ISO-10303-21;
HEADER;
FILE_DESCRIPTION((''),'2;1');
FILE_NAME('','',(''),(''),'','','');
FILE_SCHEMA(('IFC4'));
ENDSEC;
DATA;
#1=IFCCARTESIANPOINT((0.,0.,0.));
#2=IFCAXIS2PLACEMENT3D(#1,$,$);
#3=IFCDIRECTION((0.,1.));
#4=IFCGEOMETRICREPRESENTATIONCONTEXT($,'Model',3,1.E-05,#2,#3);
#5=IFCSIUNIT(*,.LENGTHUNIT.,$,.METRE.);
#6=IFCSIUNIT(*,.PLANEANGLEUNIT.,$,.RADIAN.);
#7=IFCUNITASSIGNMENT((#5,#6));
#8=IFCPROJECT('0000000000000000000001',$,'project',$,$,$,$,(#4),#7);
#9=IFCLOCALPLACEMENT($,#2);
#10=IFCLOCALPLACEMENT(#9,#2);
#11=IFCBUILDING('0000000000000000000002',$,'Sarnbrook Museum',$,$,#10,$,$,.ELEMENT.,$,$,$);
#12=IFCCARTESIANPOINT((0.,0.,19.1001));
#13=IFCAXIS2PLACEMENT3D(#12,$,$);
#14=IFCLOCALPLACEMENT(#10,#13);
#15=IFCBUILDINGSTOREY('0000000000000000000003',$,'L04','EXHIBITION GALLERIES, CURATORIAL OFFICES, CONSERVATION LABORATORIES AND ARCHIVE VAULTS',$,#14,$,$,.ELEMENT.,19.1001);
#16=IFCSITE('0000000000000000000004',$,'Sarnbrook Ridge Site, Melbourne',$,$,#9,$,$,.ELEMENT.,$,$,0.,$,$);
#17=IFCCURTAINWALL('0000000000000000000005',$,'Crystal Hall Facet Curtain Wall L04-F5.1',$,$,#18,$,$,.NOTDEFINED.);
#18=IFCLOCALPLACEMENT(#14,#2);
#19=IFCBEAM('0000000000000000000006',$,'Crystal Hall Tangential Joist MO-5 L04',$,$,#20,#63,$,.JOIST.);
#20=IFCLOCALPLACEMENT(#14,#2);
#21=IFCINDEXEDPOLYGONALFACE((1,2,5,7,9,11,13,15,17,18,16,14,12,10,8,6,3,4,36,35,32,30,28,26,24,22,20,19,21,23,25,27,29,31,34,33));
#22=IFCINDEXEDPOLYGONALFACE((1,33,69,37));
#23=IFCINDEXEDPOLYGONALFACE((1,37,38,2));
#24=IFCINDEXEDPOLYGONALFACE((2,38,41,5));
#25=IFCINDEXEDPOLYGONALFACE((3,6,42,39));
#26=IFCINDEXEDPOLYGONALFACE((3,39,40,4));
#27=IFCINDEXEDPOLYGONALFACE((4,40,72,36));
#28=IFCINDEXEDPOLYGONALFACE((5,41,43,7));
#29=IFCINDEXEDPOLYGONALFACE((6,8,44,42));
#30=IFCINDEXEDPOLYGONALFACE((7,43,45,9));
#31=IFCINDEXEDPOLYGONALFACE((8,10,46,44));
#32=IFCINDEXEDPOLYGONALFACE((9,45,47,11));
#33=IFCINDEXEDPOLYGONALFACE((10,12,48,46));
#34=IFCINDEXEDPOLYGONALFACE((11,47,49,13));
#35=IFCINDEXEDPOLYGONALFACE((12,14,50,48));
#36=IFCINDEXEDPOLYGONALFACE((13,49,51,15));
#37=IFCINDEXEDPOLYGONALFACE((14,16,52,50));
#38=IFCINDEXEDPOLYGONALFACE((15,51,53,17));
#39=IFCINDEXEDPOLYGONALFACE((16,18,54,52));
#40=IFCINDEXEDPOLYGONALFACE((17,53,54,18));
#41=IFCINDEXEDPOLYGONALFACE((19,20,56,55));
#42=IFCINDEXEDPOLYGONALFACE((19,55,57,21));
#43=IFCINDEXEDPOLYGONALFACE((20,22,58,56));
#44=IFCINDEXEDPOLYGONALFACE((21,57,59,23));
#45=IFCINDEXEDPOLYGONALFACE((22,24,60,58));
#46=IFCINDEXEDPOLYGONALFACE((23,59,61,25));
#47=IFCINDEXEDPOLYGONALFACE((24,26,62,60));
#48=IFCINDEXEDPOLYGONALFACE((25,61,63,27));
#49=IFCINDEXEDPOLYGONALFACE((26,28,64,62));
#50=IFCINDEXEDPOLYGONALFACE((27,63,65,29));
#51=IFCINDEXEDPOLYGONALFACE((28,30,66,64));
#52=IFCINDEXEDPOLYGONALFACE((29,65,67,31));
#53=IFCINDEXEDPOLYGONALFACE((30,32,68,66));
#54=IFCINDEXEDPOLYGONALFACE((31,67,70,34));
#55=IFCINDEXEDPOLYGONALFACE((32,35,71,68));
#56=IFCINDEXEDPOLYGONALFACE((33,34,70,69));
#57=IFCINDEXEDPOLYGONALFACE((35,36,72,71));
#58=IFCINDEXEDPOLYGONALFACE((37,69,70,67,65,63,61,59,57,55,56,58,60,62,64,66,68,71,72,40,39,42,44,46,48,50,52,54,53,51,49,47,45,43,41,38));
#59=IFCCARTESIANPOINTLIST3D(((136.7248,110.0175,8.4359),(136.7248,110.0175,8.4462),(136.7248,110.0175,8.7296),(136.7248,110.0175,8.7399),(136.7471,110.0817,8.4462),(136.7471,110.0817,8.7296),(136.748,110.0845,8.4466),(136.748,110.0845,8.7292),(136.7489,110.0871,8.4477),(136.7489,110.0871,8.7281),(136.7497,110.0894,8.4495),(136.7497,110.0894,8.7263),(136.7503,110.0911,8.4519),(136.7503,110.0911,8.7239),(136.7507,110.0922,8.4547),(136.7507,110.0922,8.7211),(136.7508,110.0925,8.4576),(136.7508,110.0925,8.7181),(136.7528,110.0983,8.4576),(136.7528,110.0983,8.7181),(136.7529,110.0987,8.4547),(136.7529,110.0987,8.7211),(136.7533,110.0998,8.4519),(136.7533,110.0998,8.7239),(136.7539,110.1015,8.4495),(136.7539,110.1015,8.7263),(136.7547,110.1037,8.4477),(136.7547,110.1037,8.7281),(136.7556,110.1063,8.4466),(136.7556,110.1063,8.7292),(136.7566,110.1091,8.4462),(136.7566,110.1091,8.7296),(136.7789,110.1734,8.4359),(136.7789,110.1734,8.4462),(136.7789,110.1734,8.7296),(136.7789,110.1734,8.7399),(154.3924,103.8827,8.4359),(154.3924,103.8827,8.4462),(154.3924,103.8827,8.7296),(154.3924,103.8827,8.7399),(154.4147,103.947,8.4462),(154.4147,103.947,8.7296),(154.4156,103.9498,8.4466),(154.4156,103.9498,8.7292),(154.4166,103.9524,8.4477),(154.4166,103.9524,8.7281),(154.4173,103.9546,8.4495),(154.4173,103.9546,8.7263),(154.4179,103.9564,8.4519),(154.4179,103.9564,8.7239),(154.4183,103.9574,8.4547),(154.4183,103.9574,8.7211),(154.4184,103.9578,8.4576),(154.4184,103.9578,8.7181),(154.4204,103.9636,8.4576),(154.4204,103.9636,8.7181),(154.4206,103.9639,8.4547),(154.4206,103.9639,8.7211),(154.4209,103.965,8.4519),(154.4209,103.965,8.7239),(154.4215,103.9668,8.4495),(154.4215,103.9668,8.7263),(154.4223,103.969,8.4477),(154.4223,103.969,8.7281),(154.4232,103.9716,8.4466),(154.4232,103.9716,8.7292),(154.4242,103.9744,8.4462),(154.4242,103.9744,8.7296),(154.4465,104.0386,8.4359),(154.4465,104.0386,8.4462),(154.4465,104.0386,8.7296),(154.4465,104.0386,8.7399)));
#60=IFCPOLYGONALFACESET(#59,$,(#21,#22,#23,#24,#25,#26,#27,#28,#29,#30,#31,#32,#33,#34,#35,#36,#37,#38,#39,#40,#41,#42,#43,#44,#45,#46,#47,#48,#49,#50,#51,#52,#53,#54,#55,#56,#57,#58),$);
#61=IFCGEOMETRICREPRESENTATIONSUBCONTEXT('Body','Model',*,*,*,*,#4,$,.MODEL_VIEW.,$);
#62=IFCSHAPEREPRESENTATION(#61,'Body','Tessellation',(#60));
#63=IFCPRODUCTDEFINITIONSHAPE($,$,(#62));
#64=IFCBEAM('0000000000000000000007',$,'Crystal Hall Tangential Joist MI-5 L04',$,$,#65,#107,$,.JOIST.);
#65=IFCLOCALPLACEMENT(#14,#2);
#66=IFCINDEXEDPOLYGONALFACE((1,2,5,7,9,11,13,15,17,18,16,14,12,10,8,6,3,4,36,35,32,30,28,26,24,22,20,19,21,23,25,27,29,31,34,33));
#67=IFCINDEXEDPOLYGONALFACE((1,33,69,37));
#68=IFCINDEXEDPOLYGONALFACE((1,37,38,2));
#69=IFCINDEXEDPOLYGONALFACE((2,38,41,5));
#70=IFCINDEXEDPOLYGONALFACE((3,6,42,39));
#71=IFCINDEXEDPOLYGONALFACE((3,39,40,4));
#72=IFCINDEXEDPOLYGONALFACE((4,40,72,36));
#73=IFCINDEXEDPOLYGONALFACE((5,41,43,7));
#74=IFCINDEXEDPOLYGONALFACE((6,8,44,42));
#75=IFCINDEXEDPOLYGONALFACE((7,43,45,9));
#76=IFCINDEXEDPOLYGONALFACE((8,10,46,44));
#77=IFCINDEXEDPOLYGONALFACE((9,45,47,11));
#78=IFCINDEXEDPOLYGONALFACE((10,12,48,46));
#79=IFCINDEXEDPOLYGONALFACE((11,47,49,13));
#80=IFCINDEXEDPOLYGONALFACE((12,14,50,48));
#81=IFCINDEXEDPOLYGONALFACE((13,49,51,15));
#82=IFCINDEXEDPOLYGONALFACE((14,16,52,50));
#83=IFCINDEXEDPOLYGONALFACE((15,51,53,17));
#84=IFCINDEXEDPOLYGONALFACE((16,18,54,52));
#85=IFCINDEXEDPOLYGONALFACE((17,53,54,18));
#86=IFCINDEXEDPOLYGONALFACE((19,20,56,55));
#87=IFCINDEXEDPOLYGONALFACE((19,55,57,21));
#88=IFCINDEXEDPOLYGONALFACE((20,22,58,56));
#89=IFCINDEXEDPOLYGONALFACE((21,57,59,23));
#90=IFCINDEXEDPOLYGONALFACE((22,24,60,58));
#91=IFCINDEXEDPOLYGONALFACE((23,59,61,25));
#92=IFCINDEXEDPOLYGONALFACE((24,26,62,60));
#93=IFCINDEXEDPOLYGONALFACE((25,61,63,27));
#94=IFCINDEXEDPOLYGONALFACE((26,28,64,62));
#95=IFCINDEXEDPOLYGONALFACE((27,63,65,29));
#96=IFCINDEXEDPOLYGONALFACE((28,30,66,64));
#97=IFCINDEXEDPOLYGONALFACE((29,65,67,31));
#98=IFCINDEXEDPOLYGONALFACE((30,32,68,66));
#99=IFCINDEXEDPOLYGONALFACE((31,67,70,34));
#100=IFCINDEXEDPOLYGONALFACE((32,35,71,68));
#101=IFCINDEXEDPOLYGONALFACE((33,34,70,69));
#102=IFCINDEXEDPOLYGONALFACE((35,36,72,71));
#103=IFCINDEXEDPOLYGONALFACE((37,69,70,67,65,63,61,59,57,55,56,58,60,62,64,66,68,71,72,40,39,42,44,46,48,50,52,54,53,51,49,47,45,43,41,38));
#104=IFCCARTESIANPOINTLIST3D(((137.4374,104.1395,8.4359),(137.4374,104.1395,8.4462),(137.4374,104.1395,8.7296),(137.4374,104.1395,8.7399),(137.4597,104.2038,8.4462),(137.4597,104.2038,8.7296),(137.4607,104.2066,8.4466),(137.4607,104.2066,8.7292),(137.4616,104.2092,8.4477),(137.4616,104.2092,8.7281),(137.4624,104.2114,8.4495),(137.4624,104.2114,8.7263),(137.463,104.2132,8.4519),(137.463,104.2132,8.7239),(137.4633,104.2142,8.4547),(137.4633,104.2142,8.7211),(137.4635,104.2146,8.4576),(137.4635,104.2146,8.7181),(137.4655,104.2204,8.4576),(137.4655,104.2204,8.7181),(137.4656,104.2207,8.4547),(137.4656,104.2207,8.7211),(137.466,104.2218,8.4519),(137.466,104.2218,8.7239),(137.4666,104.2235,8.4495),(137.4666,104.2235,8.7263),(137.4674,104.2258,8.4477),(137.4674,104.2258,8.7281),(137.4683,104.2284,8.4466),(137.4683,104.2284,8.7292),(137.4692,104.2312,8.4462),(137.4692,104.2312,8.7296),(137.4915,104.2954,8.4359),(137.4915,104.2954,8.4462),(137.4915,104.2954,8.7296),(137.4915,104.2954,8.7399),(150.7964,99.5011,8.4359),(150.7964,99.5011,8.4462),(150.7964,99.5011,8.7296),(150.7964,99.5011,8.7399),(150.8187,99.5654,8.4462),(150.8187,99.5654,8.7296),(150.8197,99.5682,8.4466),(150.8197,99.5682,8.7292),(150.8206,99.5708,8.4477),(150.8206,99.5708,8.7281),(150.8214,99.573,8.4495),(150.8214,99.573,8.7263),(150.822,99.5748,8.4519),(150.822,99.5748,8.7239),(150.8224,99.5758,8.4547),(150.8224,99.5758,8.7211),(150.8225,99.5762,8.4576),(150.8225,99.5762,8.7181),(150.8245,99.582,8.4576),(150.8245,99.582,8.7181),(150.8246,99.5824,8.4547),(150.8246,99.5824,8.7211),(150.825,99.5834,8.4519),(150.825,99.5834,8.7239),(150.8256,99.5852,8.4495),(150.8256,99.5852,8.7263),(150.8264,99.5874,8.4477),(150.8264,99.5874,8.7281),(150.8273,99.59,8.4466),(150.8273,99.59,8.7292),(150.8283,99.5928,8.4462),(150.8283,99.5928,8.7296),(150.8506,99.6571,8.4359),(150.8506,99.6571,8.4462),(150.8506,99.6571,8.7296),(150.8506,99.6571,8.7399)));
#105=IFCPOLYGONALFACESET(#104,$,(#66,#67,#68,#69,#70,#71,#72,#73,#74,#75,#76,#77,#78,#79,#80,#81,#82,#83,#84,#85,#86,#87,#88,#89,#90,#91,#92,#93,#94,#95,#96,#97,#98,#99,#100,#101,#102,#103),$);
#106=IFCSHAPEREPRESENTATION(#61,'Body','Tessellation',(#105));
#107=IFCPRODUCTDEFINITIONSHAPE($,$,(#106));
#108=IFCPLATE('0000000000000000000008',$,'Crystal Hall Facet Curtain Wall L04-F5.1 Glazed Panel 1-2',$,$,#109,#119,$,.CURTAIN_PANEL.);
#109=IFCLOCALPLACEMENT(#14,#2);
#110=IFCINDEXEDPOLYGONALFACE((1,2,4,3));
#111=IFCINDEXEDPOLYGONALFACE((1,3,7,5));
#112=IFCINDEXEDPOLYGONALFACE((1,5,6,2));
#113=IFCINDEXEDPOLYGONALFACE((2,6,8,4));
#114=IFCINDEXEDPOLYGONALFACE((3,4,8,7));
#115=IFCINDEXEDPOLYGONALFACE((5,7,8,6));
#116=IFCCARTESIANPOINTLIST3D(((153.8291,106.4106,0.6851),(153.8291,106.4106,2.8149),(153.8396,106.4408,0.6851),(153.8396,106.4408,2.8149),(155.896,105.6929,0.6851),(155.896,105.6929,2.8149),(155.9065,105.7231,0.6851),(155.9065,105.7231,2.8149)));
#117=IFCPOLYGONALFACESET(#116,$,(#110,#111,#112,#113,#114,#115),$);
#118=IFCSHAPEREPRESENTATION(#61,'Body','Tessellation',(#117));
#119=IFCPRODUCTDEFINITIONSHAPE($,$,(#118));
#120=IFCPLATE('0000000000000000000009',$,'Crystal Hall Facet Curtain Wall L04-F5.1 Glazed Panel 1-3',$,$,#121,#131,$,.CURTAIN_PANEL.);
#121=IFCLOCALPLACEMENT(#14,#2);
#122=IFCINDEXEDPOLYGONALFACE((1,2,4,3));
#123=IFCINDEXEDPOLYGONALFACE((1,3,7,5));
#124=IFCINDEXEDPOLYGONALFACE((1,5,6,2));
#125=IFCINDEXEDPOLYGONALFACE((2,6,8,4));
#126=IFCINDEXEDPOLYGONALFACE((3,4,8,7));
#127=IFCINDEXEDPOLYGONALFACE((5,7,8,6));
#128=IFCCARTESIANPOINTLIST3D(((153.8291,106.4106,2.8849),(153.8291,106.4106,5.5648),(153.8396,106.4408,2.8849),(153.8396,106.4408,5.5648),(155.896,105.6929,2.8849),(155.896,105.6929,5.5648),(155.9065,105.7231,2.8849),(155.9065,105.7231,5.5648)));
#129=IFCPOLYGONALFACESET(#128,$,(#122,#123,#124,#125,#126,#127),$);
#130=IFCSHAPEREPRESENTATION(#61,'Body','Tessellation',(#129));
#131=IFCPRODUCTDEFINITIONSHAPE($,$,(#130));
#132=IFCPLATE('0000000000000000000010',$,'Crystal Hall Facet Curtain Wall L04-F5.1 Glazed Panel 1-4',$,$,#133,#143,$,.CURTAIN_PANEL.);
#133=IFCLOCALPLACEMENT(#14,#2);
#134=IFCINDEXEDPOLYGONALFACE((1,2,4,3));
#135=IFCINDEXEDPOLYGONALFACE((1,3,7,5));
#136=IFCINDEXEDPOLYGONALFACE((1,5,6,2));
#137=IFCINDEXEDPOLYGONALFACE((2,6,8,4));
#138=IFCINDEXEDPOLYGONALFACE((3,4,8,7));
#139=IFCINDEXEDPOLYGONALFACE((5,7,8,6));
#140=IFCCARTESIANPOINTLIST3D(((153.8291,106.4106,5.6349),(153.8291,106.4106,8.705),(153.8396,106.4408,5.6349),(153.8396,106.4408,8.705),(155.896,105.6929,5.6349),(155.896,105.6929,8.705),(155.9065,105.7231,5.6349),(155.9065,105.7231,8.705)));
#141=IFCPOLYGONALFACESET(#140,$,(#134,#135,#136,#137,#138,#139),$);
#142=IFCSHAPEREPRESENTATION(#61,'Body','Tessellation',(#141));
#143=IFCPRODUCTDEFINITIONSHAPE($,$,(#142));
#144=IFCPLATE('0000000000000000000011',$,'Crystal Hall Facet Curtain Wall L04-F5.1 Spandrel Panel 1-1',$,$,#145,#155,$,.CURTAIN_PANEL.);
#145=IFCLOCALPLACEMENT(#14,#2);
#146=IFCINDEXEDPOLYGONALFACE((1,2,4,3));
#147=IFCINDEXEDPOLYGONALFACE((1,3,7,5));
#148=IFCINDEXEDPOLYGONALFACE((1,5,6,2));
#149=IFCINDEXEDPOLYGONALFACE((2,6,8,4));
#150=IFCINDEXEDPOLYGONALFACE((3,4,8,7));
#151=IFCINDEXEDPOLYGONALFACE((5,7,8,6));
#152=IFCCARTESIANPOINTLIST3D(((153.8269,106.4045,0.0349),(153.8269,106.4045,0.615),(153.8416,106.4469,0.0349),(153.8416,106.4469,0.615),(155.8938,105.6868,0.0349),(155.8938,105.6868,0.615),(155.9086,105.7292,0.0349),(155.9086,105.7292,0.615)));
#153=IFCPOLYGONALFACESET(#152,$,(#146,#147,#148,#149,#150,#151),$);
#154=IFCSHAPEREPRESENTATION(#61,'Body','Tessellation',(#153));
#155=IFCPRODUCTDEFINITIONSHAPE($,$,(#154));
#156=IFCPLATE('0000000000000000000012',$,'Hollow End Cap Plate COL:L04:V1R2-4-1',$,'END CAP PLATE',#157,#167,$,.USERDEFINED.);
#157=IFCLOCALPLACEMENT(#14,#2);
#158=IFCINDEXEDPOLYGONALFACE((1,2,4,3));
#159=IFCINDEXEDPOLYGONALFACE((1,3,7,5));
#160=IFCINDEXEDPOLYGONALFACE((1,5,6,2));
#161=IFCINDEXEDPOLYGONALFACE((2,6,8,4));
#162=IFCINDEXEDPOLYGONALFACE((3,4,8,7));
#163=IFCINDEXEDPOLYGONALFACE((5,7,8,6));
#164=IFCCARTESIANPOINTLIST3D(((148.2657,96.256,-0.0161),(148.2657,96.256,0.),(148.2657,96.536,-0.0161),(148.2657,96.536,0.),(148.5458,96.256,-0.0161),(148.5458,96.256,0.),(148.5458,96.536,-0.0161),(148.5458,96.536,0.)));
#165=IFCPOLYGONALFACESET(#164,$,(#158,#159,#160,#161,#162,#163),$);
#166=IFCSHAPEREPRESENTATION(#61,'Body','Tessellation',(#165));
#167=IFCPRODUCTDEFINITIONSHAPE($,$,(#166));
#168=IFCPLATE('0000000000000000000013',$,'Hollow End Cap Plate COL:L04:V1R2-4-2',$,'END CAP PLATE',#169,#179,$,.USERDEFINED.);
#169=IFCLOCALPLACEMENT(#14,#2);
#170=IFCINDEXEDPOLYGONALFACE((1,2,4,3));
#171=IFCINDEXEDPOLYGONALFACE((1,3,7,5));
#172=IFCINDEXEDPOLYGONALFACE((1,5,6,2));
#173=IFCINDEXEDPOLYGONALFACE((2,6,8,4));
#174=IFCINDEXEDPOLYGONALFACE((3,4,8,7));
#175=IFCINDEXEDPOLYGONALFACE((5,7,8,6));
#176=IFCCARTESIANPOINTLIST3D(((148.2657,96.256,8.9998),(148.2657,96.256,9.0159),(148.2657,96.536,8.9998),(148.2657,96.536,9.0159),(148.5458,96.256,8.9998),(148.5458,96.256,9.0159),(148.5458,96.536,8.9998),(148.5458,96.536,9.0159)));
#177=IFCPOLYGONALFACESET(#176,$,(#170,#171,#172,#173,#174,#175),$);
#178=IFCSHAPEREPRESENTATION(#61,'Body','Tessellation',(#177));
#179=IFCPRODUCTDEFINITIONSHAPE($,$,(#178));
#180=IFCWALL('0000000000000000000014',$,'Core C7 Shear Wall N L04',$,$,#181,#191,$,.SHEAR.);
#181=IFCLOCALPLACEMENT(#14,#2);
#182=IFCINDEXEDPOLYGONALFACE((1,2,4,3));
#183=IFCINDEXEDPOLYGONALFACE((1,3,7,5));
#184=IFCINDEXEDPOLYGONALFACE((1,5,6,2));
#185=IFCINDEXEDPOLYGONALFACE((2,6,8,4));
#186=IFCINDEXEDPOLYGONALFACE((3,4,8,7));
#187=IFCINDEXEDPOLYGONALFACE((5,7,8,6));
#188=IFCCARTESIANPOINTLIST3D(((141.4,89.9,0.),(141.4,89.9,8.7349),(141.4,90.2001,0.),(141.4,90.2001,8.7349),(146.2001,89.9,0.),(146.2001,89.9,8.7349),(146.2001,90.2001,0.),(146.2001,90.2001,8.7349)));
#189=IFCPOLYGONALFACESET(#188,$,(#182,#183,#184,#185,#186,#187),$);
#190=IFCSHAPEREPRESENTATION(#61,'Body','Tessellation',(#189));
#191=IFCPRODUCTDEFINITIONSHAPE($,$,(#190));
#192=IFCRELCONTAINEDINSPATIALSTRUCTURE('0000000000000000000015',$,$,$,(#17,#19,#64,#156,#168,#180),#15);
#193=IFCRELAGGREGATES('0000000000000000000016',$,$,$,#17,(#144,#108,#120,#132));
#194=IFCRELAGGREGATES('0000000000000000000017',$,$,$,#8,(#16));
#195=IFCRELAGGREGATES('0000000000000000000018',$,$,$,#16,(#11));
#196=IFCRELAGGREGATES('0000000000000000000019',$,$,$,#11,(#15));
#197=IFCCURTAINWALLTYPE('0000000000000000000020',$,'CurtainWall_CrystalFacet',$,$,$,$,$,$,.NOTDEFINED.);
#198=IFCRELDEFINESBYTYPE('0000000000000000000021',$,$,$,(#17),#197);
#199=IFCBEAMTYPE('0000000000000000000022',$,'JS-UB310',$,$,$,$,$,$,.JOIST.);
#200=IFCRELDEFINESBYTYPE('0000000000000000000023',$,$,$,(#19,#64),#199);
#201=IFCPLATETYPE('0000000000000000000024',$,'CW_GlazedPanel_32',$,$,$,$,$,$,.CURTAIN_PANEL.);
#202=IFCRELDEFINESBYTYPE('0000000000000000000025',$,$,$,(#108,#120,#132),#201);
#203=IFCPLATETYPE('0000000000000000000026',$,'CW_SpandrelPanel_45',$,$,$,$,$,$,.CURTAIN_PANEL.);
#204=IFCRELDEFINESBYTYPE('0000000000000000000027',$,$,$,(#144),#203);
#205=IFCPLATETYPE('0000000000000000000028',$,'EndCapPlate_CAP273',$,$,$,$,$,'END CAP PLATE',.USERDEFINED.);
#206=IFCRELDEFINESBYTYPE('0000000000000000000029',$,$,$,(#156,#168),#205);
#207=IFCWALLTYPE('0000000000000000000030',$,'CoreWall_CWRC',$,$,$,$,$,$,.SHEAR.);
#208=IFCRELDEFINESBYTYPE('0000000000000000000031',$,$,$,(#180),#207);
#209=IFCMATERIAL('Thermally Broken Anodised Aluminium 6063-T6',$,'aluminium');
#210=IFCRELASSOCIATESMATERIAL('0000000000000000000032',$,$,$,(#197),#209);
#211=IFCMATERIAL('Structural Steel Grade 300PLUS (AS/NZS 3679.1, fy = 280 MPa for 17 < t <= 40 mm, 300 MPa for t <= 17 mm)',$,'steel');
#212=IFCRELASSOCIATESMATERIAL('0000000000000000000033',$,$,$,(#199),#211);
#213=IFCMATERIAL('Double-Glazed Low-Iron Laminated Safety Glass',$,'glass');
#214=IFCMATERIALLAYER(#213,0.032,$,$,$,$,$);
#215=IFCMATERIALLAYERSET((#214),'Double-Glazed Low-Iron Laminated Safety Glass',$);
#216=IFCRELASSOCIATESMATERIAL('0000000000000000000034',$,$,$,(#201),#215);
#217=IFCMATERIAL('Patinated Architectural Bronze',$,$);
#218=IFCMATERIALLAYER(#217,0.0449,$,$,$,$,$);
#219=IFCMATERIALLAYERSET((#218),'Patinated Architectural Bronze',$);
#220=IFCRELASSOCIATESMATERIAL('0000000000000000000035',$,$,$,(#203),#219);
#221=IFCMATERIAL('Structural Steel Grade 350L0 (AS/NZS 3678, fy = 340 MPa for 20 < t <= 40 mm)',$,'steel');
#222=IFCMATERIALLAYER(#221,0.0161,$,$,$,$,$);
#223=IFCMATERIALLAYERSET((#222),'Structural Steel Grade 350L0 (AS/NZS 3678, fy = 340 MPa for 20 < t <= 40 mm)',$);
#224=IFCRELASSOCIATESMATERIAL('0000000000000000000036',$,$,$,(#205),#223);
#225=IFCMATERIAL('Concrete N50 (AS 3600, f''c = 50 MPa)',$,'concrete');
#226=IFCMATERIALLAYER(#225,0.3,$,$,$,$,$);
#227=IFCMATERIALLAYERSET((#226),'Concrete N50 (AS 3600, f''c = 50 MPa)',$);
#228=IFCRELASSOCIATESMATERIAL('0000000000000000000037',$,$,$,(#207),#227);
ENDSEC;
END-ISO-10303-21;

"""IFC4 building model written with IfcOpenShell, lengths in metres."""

from ifc_helpers import new_model, si_unit, direction, frame, frame_2d, origin, origin_2d, place, context, subcontext, project, spatial, rectangle, i_section, extrude, material, layer, layer_set, material_profile, profile_set, type_object, element, aggregate, save


model = new_model("IFC4")

# Units and contexts
model_context = context("Model", 3, precision=1e-05, world=origin(), true_north=direction((0.0, 1.0)))
body_context = subcontext(model_context, "Body", "Model", "MODEL_VIEW")
ifc_project = project(units=[si_unit("LENGTHUNIT", "METRE"), si_unit("PLANEANGLEUNIT", "RADIAN")], contexts=[model_context])

# Site, building, storey
site_placement = place(None, origin())
site = spatial("IfcSite", under=ifc_project, at=site_placement, Name="Sarnbrook Ridge Site, Melbourne", CompositionType="ELEMENT", RefElevation=0.0)
building_placement = place(site_placement, origin())
building = spatial("IfcBuilding", under=site, at=building_placement, Name="Sarnbrook Museum", CompositionType="ELEMENT")
storey_placement = place(building_placement, frame((0.0, 0.0, 19.1001)))
storey = spatial("IfcBuildingStorey", under=building, at=storey_placement, Name="L04", Description="EXHIBITION GALLERIES, CURATORIAL OFFICES, CONSERVATION LABORATORIES AND ARCHIVE VAULTS", CompositionType="ELEMENT", Elevation=19.1001)

# Shared definitions
ifc_material_1 = material(Name="Structural Steel Grade 350L0 (AS/NZS 3678, fy = 340 MPa for 20 < t <= 40 mm)", Category="steel")

# Shared definitions
ifc_material_2 = material(Name="Structural Steel Grade 300PLUS (AS/NZS 3679.1, fy = 280 MPa for 17 < t <= 40 mm, 300 MPa for t <= 17 mm)", Category="steel")

# Shared definitions
ifc_material_3 = material(Name="Thermally Broken Anodised Aluminium 6063-T6", Category="aluminium")
curtain_wall_type = type_object("IfcCurtainWallType", Name="CurtainWall_CrystalFacet", PredefinedType="NOTDEFINED", material=ifc_material_3)

# Curtain wall
curtain_wall_1_placement = place(storey_placement, origin())
curtain_wall_1 = element("IfcCurtainWall", 1, at=curtain_wall_1_placement, inside=storey, type_object=curtain_wall_type, Name="Crystal Hall Facet Curtain Wall L04-F5.1", PredefinedType="NOTDEFINED")

# Beams
ifc_material_profile_1 = material_profile(ifc_material_2, i_section(OverallWidth=0.165, OverallDepth=0.304, WebThickness=0.0061, FlangeThickness=0.0103, FilletRadius=0.0115, at=origin_2d()), Name="310UB40.4")
ifc_profile_set_1 = profile_set([ifc_material_profile_1], Name="Structural Steel Grade 300PLUS (AS/NZS 3679.1, fy = 280 MPa for 17 < t <= 40 mm, 300 MPa for t <= 17 mm)")
beam_type_1 = type_object("IfcBeamType", Name="JS-UB310", PredefinedType="JOIST", material=ifc_profile_set_1)
beam_1_placement = place(storey_placement, frame((154.4194, 103.9607, 8.5879), z_axis=(-0.944671, 0.328018, 0.0), x_axis=(-0.328018, -0.944671, 0.0)))
element("IfcBeam", 2, at=beam_1_placement, inside=storey, type_object=beam_type_1, Name="Crystal Hall Tangential Joist MO-5 L04", PredefinedType="JOIST", context=body_context, shape_type="SweptSolid", body=[
    extrude(i_section(OverallWidth=0.165, OverallDepth=0.304, WebThickness=0.0061, FlangeThickness=0.0103, FilletRadius=0.0115, at=origin_2d()), origin(), (0.0, 0.0, 1.0), 18.7024),
])
beam_2_placement = place(storey_placement, frame((150.8235, 99.5791, 8.5879), z_axis=(-0.944677, 0.328002, 0.0), x_axis=(-0.328002, -0.944677, 0.0)))
element("IfcBeam", 3, at=beam_2_placement, inside=storey, type_object=beam_type_1, Name="Crystal Hall Tangential Joist MI-5 L04", PredefinedType="JOIST", context=body_context, shape_type="SweptSolid", body=[
    extrude(i_section(OverallWidth=0.165, OverallDepth=0.304, WebThickness=0.0061, FlangeThickness=0.0103, FilletRadius=0.0115, at=origin_2d()), origin(), (0.0, 0.0, 1.0), 14.1414),
])

# Plates
ifc_material_4 = material(Name="Double-Glazed Low-Iron Laminated Safety Glass", Category="glass")
ifc_layer_1 = layer(ifc_material_4, 0.032)
ifc_layer_set_1 = layer_set([ifc_layer_1], Name="Double-Glazed Low-Iron Laminated Safety Glass")
plate_type_1 = type_object("IfcPlateType", Name="CW_GlazedPanel_32", PredefinedType="CURTAIN_PANEL", material=ifc_layer_set_1)
plate_1_placement = place(storey_placement, frame((154.8625, 106.0518, 1.75), z_axis=(0.328013, 0.944673, 0.0), x_axis=(-0.944673, 0.328013, 0.0)))
plate_1 = element("IfcPlate", 4, at=plate_1_placement, type_object=plate_type_1, Name="Crystal Hall Facet Curtain Wall L04-F5.1 Glazed Panel 1-2", PredefinedType="CURTAIN_PANEL", context=body_context, shape_type="SweptSolid", body=[
    extrude(rectangle(XDim=2.188, YDim=2.1299, at=origin_2d()), origin(), (0.0, 0.0, 1.0), 0.032),
])
plate_2_placement = place(storey_placement, frame((154.8625, 106.0518, 4.2249), z_axis=(0.328013, 0.944673, 0.0), x_axis=(-0.944673, 0.328013, 0.0)))
plate_2 = element("IfcPlate", 5, at=plate_2_placement, type_object=plate_type_1, Name="Crystal Hall Facet Curtain Wall L04-F5.1 Glazed Panel 1-3", PredefinedType="CURTAIN_PANEL", context=body_context, shape_type="SweptSolid", body=[
    extrude(rectangle(XDim=2.188, YDim=2.6799, at=origin_2d()), origin(), (0.0, 0.0, 1.0), 0.032),
])
plate_3_placement = place(storey_placement, frame((154.8625, 106.0518, 7.1699), z_axis=(0.328013, 0.944673, 0.0), x_axis=(-0.944673, 0.328013, 0.0)))
plate_3 = element("IfcPlate", 6, at=plate_3_placement, type_object=plate_type_1, Name="Crystal Hall Facet Curtain Wall L04-F5.1 Glazed Panel 1-4", PredefinedType="CURTAIN_PANEL", context=body_context, shape_type="SweptSolid", body=[
    extrude(rectangle(XDim=2.188, YDim=3.0701, at=origin_2d()), origin(), (0.0, 0.0, 1.0), 0.032),
])
ifc_material_5 = material(Name="Patinated Architectural Bronze")
ifc_layer_2 = layer(ifc_material_5, 0.0449)
ifc_layer_set_2 = layer_set([ifc_layer_2], Name="Patinated Architectural Bronze")
plate_type_2 = type_object("IfcPlateType", Name="CW_SpandrelPanel_45", PredefinedType="CURTAIN_PANEL", material=ifc_layer_set_2)
plate_4_placement = place(storey_placement, frame((154.8604, 106.0457, 0.325), z_axis=(0.328013, 0.944673, 0.0), x_axis=(-0.944673, 0.328013, 0.0)))
plate_4 = element("IfcPlate", 7, at=plate_4_placement, type_object=plate_type_2, Name="Crystal Hall Facet Curtain Wall L04-F5.1 Spandrel Panel 1-1", PredefinedType="CURTAIN_PANEL", context=body_context, shape_type="SweptSolid", body=[
    extrude(rectangle(XDim=2.188, YDim=0.5801, at=origin_2d()), origin(), (0.0, 0.0, 1.0), 0.0449),
])
aggregate(curtain_wall_1, [plate_4, plate_1, plate_2, plate_3])

# Plates
ifc_layer_3 = layer(ifc_material_1, 0.0161)
ifc_layer_set_3 = layer_set([ifc_layer_3], Name="Structural Steel Grade 350L0 (AS/NZS 3678, fy = 340 MPa for 20 < t <= 40 mm)")
plate_type_3 = type_object("IfcPlateType", Name="EndCapPlate_CAP273", ElementType="END CAP PLATE", PredefinedType="USERDEFINED", material=ifc_layer_set_3)
for number, where, z_axis, x_axis, name in (
    (8, (148.4058, 96.396, -0.0161), (0.0, 0.0, 1.0), (1.0, 0.0, 0.0), "Hollow End Cap Plate COL:L04:V1R2-4-1"),
    (9, (148.4058, 96.396, 8.9998), (0.0, 0.0, 1.0), (1.0, 0.0, 0.0), "Hollow End Cap Plate COL:L04:V1R2-4-2"),
):
    element("IfcPlate", number, at=place(storey_placement, frame(where, z_axis=z_axis, x_axis=x_axis)), inside=storey, type_object=plate_type_3, Name=name, ObjectType="END CAP PLATE", PredefinedType="USERDEFINED", context=body_context, shape_type="SweptSolid", body=[
        extrude(rectangle(XDim=0.28, YDim=0.28, at=origin_2d()), origin(), (0.0, 0.0, 1.0), 0.0161),
    ])

# Wall
ifc_material_6 = material(Name="Concrete N50 (AS 3600, f'c = 50 MPa)", Category="concrete")
ifc_layer_4 = layer(ifc_material_6, 0.3)
ifc_layer_set_4 = layer_set([ifc_layer_4], Name="Concrete N50 (AS 3600, f'c = 50 MPa)")
wall_type_1 = type_object("IfcWallType", Name="CoreWall_CWRC", PredefinedType="SHEAR", material=ifc_layer_set_4)
wall_1_placement = place(storey_placement, frame((146.2, 90.05, 0.0), z_axis=(0.0, 0.0, 1.0), x_axis=(-1.0, 0.0, 0.0)))
element("IfcWall", 10, at=wall_1_placement, inside=storey, type_object=wall_type_1, Name="Core C7 Shear Wall N L04", PredefinedType="SHEAR", context=body_context, shape_type="SweptSolid", body=[
    extrude(rectangle(XDim=4.8, YDim=0.3, at=frame_2d((2.3999, 0.0))), origin(), (0.0, 0.0, 1.0), 8.7349),
])

save(model, "model.ifc")
